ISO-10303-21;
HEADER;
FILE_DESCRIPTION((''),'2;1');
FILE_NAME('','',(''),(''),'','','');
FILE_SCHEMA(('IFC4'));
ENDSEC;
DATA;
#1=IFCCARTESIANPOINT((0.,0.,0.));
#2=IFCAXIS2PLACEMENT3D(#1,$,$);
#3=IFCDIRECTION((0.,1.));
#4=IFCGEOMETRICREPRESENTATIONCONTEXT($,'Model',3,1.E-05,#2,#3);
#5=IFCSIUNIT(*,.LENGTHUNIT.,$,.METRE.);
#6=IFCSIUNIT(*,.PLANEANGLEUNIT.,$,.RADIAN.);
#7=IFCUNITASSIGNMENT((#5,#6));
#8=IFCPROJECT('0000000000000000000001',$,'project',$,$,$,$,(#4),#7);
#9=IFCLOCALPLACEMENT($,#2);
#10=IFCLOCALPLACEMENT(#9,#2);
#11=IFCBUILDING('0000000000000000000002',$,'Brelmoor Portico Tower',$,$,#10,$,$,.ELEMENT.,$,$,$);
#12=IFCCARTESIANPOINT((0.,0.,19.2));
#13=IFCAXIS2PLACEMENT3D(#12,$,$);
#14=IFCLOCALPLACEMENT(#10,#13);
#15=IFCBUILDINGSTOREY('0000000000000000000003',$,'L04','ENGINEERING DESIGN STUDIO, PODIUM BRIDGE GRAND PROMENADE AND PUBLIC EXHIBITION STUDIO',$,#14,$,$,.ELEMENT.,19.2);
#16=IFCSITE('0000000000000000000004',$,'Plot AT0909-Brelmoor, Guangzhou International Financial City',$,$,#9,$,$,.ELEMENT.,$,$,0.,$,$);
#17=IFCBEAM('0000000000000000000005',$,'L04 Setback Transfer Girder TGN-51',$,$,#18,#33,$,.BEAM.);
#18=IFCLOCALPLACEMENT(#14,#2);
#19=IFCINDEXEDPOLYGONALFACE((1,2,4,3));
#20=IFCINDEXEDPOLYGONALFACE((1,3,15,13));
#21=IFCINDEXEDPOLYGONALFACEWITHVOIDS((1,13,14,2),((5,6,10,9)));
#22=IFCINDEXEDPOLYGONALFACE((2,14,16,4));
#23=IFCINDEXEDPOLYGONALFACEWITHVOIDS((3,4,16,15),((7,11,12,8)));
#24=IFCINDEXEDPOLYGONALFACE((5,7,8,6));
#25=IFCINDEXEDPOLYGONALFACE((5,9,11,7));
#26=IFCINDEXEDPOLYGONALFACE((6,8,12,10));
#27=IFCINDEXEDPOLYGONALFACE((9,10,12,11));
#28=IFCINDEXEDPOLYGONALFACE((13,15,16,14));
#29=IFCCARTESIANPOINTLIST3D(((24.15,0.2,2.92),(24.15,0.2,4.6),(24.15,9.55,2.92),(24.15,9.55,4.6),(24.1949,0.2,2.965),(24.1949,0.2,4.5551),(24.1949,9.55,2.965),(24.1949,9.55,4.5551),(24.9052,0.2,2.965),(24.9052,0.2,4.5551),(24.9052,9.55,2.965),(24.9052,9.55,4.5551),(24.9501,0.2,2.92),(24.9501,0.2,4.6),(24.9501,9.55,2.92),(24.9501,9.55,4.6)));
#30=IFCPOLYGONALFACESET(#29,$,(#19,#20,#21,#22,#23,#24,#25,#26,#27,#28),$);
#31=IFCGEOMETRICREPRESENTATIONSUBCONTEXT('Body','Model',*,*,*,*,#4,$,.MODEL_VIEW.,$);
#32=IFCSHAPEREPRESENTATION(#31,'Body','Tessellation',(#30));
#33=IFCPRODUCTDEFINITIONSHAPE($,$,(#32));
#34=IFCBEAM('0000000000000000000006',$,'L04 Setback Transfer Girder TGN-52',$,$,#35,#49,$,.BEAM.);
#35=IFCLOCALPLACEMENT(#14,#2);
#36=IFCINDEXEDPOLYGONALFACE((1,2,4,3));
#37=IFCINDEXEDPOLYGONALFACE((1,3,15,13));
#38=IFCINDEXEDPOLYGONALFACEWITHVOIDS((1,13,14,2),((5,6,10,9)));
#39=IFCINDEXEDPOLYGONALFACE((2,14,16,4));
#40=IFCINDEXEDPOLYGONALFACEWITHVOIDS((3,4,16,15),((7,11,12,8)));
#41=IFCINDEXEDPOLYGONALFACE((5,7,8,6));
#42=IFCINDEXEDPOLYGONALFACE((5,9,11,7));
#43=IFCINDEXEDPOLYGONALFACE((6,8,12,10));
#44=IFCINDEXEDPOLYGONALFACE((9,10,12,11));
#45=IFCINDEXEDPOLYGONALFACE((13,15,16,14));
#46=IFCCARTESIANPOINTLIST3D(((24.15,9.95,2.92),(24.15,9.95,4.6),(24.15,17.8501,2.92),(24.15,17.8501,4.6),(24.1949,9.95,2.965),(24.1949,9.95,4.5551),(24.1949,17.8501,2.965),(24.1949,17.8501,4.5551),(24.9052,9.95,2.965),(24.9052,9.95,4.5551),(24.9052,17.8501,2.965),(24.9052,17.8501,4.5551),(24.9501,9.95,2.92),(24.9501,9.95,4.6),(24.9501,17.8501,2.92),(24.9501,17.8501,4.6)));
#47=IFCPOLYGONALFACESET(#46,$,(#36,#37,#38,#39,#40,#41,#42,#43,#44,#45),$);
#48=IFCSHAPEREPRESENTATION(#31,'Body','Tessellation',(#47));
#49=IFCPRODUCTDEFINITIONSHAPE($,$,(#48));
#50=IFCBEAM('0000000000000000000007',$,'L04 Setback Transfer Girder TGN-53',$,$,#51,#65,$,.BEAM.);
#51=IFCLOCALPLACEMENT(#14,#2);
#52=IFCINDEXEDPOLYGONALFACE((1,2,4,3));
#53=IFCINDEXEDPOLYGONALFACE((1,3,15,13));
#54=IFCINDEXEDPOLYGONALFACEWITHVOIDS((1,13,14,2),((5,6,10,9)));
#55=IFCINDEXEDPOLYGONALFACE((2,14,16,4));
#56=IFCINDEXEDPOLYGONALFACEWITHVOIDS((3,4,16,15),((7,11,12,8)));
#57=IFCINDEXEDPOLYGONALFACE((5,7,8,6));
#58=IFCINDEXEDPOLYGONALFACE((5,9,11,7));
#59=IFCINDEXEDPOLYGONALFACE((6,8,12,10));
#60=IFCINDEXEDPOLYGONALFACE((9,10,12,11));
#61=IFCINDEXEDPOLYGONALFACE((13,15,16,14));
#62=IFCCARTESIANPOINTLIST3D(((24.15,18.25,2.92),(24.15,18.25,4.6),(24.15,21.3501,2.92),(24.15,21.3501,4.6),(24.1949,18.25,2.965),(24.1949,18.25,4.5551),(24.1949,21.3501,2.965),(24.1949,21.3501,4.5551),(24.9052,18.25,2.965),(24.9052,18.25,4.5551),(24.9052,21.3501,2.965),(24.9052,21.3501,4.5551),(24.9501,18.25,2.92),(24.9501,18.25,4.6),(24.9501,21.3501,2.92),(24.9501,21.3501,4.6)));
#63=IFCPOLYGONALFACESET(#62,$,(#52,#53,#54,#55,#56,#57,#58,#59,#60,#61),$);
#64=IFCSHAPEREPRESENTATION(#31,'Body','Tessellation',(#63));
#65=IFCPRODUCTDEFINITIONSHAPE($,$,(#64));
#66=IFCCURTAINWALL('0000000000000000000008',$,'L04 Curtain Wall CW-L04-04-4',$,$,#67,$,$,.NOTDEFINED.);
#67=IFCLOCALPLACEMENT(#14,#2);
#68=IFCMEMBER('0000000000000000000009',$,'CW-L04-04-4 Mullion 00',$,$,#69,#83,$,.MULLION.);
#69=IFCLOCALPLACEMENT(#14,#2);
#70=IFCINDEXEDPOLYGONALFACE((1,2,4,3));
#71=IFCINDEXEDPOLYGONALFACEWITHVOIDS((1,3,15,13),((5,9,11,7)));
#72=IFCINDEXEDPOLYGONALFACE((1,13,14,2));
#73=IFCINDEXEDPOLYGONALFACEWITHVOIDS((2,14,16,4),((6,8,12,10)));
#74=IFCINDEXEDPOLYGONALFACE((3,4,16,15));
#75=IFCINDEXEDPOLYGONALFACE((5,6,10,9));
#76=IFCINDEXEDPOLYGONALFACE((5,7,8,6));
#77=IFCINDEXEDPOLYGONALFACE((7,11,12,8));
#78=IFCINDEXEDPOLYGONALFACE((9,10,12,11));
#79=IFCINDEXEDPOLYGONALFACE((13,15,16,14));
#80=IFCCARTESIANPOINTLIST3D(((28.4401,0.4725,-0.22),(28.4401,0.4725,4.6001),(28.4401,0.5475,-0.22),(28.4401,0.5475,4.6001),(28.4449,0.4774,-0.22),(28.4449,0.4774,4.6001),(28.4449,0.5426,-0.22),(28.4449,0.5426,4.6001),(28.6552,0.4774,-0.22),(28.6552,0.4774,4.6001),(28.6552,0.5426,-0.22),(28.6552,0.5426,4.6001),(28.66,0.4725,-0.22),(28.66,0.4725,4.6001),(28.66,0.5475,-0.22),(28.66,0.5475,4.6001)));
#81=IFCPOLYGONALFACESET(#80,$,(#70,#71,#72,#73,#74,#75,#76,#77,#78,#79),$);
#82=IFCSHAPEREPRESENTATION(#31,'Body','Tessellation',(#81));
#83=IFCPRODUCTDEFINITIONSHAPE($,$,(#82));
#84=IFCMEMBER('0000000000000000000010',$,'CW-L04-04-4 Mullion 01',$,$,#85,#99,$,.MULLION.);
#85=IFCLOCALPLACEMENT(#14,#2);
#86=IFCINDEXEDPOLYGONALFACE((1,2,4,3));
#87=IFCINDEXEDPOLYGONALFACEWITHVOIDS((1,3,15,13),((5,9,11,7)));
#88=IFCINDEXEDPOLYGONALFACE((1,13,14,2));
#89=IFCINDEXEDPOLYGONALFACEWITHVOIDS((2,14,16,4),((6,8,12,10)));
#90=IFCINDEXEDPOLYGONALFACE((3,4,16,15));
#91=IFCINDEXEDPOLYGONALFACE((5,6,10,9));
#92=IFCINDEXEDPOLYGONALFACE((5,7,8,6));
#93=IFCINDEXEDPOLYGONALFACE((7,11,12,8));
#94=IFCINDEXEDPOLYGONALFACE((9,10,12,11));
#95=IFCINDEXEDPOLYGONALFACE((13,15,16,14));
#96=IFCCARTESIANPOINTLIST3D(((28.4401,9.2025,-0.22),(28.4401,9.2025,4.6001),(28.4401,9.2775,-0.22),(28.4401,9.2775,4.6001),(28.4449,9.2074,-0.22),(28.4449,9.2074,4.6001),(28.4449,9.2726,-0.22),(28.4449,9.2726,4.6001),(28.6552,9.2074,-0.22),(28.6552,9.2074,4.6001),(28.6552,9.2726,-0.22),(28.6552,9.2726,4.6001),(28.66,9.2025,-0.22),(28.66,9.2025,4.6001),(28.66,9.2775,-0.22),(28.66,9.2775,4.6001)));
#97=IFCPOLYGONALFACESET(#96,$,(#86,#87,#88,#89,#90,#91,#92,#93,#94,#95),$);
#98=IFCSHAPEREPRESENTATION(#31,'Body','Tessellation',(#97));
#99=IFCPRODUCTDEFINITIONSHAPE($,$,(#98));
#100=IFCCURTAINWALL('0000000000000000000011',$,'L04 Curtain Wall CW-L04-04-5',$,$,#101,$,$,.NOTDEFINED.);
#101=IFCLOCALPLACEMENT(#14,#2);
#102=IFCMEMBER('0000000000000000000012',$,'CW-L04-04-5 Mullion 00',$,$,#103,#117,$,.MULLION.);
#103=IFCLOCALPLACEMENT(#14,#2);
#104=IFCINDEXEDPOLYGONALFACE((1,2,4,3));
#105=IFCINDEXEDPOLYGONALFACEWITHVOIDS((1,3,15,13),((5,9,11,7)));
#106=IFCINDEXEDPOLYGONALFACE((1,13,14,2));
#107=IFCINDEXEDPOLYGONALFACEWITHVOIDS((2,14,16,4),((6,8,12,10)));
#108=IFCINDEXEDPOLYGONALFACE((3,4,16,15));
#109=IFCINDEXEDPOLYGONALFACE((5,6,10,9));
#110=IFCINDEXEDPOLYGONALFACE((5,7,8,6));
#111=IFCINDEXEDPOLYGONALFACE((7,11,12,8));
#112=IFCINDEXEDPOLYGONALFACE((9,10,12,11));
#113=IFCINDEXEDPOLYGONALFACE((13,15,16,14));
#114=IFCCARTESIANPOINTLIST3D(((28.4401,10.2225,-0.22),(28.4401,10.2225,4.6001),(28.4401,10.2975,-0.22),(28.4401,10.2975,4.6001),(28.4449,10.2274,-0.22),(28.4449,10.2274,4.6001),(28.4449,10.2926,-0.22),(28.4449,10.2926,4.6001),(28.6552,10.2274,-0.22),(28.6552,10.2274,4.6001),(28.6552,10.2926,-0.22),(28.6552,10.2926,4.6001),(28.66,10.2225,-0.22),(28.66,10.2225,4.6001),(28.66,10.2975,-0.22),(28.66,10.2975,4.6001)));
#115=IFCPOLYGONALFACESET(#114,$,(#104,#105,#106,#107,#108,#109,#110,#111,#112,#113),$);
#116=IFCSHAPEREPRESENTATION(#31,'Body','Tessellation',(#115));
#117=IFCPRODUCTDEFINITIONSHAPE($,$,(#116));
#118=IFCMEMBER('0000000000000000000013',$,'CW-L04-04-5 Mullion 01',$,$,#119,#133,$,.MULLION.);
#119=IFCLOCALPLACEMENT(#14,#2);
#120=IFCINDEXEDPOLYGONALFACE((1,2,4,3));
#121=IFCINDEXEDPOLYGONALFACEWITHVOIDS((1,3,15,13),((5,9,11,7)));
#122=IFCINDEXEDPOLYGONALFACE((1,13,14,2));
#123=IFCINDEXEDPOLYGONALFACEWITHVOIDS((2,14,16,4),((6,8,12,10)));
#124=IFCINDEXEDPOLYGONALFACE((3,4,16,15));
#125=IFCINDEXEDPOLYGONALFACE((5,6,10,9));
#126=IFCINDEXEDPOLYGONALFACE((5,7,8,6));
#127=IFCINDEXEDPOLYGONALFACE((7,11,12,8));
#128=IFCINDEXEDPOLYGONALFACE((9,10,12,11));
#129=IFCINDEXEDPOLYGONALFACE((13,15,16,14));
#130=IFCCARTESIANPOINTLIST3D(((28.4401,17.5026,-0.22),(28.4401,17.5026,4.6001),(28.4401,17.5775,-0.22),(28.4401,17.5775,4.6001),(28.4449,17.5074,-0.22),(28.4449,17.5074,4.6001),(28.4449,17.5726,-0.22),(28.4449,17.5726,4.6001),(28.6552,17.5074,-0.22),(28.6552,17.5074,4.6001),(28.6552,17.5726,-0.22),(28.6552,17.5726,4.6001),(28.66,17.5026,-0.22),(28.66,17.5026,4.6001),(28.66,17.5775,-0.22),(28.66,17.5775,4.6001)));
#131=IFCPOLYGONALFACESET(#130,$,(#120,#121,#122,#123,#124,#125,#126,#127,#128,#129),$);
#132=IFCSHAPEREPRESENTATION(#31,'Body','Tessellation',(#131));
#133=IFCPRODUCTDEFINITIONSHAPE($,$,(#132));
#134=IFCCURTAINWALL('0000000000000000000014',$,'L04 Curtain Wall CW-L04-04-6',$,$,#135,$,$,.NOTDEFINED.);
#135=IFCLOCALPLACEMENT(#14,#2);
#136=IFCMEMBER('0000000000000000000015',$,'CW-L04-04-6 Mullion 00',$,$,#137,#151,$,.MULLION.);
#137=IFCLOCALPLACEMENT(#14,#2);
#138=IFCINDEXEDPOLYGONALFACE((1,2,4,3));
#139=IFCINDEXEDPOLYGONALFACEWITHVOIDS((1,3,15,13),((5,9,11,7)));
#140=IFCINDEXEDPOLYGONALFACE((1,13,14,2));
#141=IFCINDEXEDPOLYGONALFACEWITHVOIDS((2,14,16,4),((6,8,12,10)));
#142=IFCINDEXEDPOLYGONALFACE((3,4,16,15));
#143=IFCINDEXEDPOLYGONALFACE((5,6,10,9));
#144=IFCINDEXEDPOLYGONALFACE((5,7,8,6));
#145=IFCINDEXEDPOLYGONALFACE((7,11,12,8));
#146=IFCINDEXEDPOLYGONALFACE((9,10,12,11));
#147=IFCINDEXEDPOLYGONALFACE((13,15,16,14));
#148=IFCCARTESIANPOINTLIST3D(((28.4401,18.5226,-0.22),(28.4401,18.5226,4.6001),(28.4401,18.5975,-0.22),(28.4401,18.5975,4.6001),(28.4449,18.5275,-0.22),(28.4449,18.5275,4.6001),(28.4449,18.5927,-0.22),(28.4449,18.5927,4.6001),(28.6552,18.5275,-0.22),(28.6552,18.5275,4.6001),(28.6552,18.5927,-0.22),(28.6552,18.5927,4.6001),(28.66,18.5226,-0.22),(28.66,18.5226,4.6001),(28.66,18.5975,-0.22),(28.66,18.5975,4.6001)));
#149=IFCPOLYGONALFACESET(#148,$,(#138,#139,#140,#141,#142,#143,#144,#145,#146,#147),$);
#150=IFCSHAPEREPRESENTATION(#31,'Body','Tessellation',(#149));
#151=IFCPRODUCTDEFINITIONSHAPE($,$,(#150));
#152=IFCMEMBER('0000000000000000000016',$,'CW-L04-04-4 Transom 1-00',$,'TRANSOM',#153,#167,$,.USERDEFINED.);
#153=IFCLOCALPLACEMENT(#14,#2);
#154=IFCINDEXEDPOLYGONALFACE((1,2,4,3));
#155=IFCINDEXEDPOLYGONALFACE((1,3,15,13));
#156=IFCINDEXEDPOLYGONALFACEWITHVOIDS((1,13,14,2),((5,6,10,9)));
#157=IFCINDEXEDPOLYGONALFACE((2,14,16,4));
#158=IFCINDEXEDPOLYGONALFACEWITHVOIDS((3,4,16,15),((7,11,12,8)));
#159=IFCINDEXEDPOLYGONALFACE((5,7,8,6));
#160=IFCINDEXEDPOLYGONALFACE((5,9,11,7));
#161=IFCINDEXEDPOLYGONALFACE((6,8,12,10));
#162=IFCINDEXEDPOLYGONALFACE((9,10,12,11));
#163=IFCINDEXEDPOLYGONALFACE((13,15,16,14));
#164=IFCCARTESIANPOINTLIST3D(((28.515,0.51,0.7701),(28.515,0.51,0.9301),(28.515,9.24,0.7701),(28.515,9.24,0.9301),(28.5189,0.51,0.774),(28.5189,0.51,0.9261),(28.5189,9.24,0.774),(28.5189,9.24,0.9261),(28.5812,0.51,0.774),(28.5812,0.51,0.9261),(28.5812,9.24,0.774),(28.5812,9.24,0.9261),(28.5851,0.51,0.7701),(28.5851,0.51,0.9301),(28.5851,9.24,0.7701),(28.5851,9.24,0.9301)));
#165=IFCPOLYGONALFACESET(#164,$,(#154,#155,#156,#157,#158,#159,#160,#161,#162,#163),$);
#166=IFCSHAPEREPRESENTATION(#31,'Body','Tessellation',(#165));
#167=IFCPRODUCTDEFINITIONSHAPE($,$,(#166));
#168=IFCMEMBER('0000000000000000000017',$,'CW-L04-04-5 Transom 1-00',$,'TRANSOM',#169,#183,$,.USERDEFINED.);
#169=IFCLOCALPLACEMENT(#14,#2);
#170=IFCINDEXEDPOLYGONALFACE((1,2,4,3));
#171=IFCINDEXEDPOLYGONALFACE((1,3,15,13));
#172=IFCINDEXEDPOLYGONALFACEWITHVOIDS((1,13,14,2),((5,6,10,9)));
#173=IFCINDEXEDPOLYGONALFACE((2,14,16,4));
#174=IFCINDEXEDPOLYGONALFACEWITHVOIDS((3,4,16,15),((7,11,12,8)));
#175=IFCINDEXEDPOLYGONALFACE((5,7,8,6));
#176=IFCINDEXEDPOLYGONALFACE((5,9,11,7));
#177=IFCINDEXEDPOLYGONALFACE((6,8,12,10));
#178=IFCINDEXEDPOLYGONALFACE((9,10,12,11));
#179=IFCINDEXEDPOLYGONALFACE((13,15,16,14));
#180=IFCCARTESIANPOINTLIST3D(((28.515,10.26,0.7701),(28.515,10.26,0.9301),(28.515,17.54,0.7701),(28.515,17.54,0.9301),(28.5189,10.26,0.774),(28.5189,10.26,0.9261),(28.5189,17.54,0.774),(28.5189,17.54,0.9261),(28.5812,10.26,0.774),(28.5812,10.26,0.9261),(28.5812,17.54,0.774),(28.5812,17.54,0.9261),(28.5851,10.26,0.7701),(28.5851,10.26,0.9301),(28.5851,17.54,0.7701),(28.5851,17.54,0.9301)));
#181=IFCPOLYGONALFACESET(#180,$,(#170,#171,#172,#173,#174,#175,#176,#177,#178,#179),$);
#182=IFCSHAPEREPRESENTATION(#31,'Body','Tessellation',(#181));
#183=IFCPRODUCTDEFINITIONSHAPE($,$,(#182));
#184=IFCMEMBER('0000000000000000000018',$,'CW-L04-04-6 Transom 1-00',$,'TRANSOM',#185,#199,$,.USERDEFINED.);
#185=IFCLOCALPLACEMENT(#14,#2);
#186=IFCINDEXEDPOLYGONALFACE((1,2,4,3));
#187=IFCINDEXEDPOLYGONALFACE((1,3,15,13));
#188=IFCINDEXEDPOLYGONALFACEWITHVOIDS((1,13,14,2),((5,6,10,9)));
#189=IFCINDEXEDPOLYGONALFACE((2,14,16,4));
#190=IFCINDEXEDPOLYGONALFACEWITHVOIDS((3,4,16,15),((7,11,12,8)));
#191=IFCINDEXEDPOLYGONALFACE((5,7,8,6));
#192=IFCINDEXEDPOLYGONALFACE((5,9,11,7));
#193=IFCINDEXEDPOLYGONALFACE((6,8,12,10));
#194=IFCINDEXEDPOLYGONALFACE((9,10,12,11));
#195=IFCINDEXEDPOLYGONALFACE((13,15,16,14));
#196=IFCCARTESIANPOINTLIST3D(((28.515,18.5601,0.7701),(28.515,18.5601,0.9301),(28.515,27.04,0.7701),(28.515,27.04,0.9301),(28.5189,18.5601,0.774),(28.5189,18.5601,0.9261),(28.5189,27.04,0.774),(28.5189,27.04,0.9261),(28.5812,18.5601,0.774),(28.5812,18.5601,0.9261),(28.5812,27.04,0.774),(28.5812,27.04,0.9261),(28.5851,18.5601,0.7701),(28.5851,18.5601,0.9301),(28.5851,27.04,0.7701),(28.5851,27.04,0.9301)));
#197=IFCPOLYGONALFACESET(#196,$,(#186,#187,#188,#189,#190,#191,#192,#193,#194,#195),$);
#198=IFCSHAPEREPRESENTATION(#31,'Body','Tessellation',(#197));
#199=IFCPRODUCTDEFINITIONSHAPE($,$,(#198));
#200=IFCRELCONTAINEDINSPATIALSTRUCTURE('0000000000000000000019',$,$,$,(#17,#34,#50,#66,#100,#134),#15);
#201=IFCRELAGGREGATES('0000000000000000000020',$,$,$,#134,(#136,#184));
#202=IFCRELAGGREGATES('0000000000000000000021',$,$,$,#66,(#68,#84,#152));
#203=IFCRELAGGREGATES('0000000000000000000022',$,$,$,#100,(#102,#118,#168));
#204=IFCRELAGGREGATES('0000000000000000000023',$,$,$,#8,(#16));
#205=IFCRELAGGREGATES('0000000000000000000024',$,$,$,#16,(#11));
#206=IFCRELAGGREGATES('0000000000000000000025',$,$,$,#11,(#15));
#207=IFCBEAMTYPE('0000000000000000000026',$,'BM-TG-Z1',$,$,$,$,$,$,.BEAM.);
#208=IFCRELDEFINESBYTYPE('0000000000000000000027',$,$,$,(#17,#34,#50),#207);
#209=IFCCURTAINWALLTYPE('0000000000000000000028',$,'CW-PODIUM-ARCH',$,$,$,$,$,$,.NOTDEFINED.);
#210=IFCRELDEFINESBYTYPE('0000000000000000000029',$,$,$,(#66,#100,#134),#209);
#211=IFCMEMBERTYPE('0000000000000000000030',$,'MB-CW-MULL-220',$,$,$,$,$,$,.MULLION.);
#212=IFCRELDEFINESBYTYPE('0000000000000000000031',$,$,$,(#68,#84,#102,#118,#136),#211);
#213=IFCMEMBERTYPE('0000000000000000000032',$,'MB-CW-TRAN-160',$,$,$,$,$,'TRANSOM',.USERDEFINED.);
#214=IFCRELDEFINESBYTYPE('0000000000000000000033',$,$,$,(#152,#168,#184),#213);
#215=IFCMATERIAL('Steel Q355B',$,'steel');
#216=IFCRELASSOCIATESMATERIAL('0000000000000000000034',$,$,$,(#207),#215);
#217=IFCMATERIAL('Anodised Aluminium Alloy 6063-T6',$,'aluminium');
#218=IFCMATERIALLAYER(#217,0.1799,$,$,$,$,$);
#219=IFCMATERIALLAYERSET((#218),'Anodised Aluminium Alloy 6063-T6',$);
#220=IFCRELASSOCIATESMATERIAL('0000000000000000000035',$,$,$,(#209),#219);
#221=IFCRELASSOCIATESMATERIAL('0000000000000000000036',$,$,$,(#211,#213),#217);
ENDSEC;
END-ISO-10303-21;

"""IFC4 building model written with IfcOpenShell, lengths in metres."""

from ifc_helpers import new_model, si_unit, direction, frame, origin, origin_2d, place, context, subcontext, project, spatial, hollow_rectangle, extrude, material, layer, layer_set, material_profile, profile_set, type_object, element, aggregate, save


model = new_model("IFC4")

# Units and contexts
model_context = context("Model", 3, precision=1e-05, world=origin(), true_north=direction((0.0, 1.0)))
body_context = subcontext(model_context, "Body", "Model", "MODEL_VIEW")
ifc_project = project(units=[si_unit("LENGTHUNIT", "METRE"), si_unit("PLANEANGLEUNIT", "RADIAN")], contexts=[model_context])

# Site, building, storey
site_placement = place(None, origin())
site = spatial("IfcSite", under=ifc_project, at=site_placement, Name="Plot AT0909-Brelmoor, Guangzhou International Financial City", CompositionType="ELEMENT", RefElevation=0.0)
building_placement = place(site_placement, origin())
building = spatial("IfcBuilding", under=site, at=building_placement, Name="Brelmoor Portico Tower", CompositionType="ELEMENT")
storey_placement = place(building_placement, frame((0.0, 0.0, 19.2)))
storey = spatial("IfcBuildingStorey", under=building, at=storey_placement, Name="L04", Description="ENGINEERING DESIGN STUDIO, PODIUM BRIDGE GRAND PROMENADE AND PUBLIC EXHIBITION STUDIO", CompositionType="ELEMENT", Elevation=19.2)

# Shared definitions
ifc_material_1 = material(Name="Steel Q355B", Category="steel")

# Beams
ifc_material_profile_1 = material_profile(ifc_material_1, hollow_rectangle(XDim=0.8, YDim=1.6799, WallThickness=0.0449, at=origin_2d()), Name="BOX 800x1680x45")
ifc_profile_set_1 = profile_set([ifc_material_profile_1], Name="Steel Q355B")
beam_type = type_object("IfcBeamType", Name="BM-TG-Z1", PredefinedType="BEAM", material=ifc_profile_set_1)
beam_1_placement = place(storey_placement, frame((24.55, 0.2, 3.76), z_axis=(0.0, 1.0, 0.0), x_axis=(-1.0, 0.0, 0.0)))
element("IfcBeam", 1, at=beam_1_placement, inside=storey, type_object=beam_type, Name="L04 Setback Transfer Girder TGN-51", PredefinedType="BEAM", context=body_context, shape_type="SweptSolid", body=[
    extrude(hollow_rectangle(XDim=0.8, YDim=1.6799, WallThickness=0.0449, at=origin_2d()), origin(), (0.0, 0.0, 1.0), 9.3501),
])
beam_2_placement = place(storey_placement, frame((24.55, 9.95, 3.76), z_axis=(0.0, 1.0, 0.0), x_axis=(-1.0, 0.0, 0.0)))
element("IfcBeam", 2, at=beam_2_placement, inside=storey, type_object=beam_type, Name="L04 Setback Transfer Girder TGN-52", PredefinedType="BEAM", context=body_context, shape_type="SweptSolid", body=[
    extrude(hollow_rectangle(XDim=0.8, YDim=1.6799, WallThickness=0.0449, at=origin_2d()), origin(), (0.0, 0.0, 1.0), 7.9001),
])
beam_3_placement = place(storey_placement, frame((24.55, 18.25, 3.76), z_axis=(0.0, 1.0, 0.0), x_axis=(-1.0, 0.0, 0.0)))
element("IfcBeam", 3, at=beam_3_placement, inside=storey, type_object=beam_type, Name="L04 Setback Transfer Girder TGN-53", PredefinedType="BEAM", context=body_context, shape_type="SweptSolid", body=[
    extrude(hollow_rectangle(XDim=0.8, YDim=1.6799, WallThickness=0.0449, at=origin_2d()), origin(), (0.0, 0.0, 1.0), 3.1001),
])

# Curtain walls, members
ifc_material_2 = material(Name="Anodised Aluminium Alloy 6063-T6", Category="aluminium")
ifc_layer_1 = layer(ifc_material_2, 0.1799)
ifc_layer_set_1 = layer_set([ifc_layer_1], Name="Anodised Aluminium Alloy 6063-T6")
curtain_wall_type = type_object("IfcCurtainWallType", Name="CW-PODIUM-ARCH", PredefinedType="NOTDEFINED", material=ifc_layer_set_1)
curtain_wall_1_placement = place(storey_placement, origin())
curtain_wall_1 = element("IfcCurtainWall", 4, at=curtain_wall_1_placement, inside=storey, type_object=curtain_wall_type, Name="L04 Curtain Wall CW-L04-04-4", PredefinedType="NOTDEFINED")
ifc_material_profile_2 = material_profile(ifc_material_2, hollow_rectangle(XDim=0.075, YDim=0.22, WallThickness=0.0049, at=origin_2d()), Name="ALU MULLION 75x220")
ifc_profile_set_2 = profile_set([ifc_material_profile_2], Name="Anodised Aluminium Alloy 6063-T6")
member_type_1 = type_object("IfcMemberType", Name="MB-CW-MULL-220", PredefinedType="MULLION", material=ifc_profile_set_2)
member_1_placement = place(storey_placement, frame((28.55, 0.51, -0.22), z_axis=(0.0, 0.0, 1.0), x_axis=(0.0, 1.0, 0.0)))
member_1 = element("IfcMember", 5, at=member_1_placement, type_object=member_type_1, Name="CW-L04-04-4 Mullion 00", PredefinedType="MULLION", context=body_context, shape_type="SweptSolid", body=[
    extrude(hollow_rectangle(XDim=0.075, YDim=0.22, WallThickness=0.0049, at=origin_2d()), origin(), (0.0, 0.0, 1.0), 4.8201),
])
member_2_placement = place(storey_placement, frame((28.55, 9.24, -0.22), z_axis=(0.0, 0.0, 1.0), x_axis=(0.0, 1.0, 0.0)))
member_2 = element("IfcMember", 6, at=member_2_placement, type_object=member_type_1, Name="CW-L04-04-4 Mullion 01", PredefinedType="MULLION", context=body_context, shape_type="SweptSolid", body=[
    extrude(hollow_rectangle(XDim=0.075, YDim=0.22, WallThickness=0.0049, at=origin_2d()), origin(), (0.0, 0.0, 1.0), 4.8201),
])
curtain_wall_2_placement = place(storey_placement, origin())
curtain_wall_2 = element("IfcCurtainWall", 7, at=curtain_wall_2_placement, inside=storey, type_object=curtain_wall_type, Name="L04 Curtain Wall CW-L04-04-5", PredefinedType="NOTDEFINED")
member_3_placement = place(storey_placement, frame((28.55, 10.26, -0.22), z_axis=(0.0, 0.0, 1.0), x_axis=(0.0, 1.0, 0.0)))
member_3 = element("IfcMember", 8, at=member_3_placement, type_object=member_type_1, Name="CW-L04-04-5 Mullion 00", PredefinedType="MULLION", context=body_context, shape_type="SweptSolid", body=[
    extrude(hollow_rectangle(XDim=0.075, YDim=0.22, WallThickness=0.0049, at=origin_2d()), origin(), (0.0, 0.0, 1.0), 4.8201),
])
member_4_placement = place(storey_placement, frame((28.55, 17.54, -0.22), z_axis=(0.0, 0.0, 1.0), x_axis=(0.0, 1.0, 0.0)))
member_4 = element("IfcMember", 9, at=member_4_placement, type_object=member_type_1, Name="CW-L04-04-5 Mullion 01", PredefinedType="MULLION", context=body_context, shape_type="SweptSolid", body=[
    extrude(hollow_rectangle(XDim=0.075, YDim=0.22, WallThickness=0.0049, at=origin_2d()), origin(), (0.0, 0.0, 1.0), 4.8201),
])

# Curtain wall, member
curtain_wall_3_placement = place(storey_placement, origin())
curtain_wall_3 = element("IfcCurtainWall", 10, at=curtain_wall_3_placement, inside=storey, type_object=curtain_wall_type, Name="L04 Curtain Wall CW-L04-04-6", PredefinedType="NOTDEFINED")
member_5_placement = place(storey_placement, frame((28.55, 18.5601, -0.22), z_axis=(0.0, 0.0, 1.0), x_axis=(0.0, 1.0, 0.0)))
member_5 = element("IfcMember", 11, at=member_5_placement, type_object=member_type_1, Name="CW-L04-04-6 Mullion 00", PredefinedType="MULLION", context=body_context, shape_type="SweptSolid", body=[
    extrude(hollow_rectangle(XDim=0.075, YDim=0.22, WallThickness=0.0049, at=origin_2d()), origin(), (0.0, 0.0, 1.0), 4.8201),
])

# Members
ifc_material_profile_3 = material_profile(ifc_material_2, hollow_rectangle(XDim=0.0701, YDim=0.1599, WallThickness=0.0039, at=origin_2d()), Name="ALU TRANSOM 70x160")
ifc_profile_set_3 = profile_set([ifc_material_profile_3], Name="Anodised Aluminium Alloy 6063-T6")
member_type_2 = type_object("IfcMemberType", Name="MB-CW-TRAN-160", ElementType="TRANSOM", PredefinedType="USERDEFINED", material=ifc_profile_set_3)
member_6_placement = place(storey_placement, frame((28.55, 0.51, 0.8501), z_axis=(0.0, 1.0, 0.0), x_axis=(-1.0, 0.0, 0.0)))
member_6 = element("IfcMember", 12, at=member_6_placement, type_object=member_type_2, Name="CW-L04-04-4 Transom 1-00", ObjectType="TRANSOM", PredefinedType="USERDEFINED", context=body_context, shape_type="SweptSolid", body=[
    extrude(hollow_rectangle(XDim=0.0701, YDim=0.1599, WallThickness=0.0039, at=origin_2d()), origin(), (0.0, 0.0, 1.0), 8.73),
])
member_7_placement = place(storey_placement, frame((28.55, 10.26, 0.8501), z_axis=(0.0, 1.0, 0.0), x_axis=(-1.0, 0.0, 0.0)))
member_7 = element("IfcMember", 13, at=member_7_placement, type_object=member_type_2, Name="CW-L04-04-5 Transom 1-00", ObjectType="TRANSOM", PredefinedType="USERDEFINED", context=body_context, shape_type="SweptSolid", body=[
    extrude(hollow_rectangle(XDim=0.0701, YDim=0.1599, WallThickness=0.0039, at=origin_2d()), origin(), (0.0, 0.0, 1.0), 7.28),
])
member_8_placement = place(storey_placement, frame((28.55, 18.5601, 0.8501), z_axis=(0.0, 1.0, 0.0), x_axis=(-1.0, 0.0, 0.0)))
member_8 = element("IfcMember", 14, at=member_8_placement, type_object=member_type_2, Name="CW-L04-04-6 Transom 1-00", ObjectType="TRANSOM", PredefinedType="USERDEFINED", context=body_context, shape_type="SweptSolid", body=[
    extrude(hollow_rectangle(XDim=0.0701, YDim=0.1599, WallThickness=0.0039, at=origin_2d()), origin(), (0.0, 0.0, 1.0), 8.48),
])
aggregate(curtain_wall_3, [member_5, member_8])

aggregate(curtain_wall_1, [member_1, member_2, member_6])
aggregate(curtain_wall_2, [member_3, member_4, member_7])

save(model, "model.ifc")
